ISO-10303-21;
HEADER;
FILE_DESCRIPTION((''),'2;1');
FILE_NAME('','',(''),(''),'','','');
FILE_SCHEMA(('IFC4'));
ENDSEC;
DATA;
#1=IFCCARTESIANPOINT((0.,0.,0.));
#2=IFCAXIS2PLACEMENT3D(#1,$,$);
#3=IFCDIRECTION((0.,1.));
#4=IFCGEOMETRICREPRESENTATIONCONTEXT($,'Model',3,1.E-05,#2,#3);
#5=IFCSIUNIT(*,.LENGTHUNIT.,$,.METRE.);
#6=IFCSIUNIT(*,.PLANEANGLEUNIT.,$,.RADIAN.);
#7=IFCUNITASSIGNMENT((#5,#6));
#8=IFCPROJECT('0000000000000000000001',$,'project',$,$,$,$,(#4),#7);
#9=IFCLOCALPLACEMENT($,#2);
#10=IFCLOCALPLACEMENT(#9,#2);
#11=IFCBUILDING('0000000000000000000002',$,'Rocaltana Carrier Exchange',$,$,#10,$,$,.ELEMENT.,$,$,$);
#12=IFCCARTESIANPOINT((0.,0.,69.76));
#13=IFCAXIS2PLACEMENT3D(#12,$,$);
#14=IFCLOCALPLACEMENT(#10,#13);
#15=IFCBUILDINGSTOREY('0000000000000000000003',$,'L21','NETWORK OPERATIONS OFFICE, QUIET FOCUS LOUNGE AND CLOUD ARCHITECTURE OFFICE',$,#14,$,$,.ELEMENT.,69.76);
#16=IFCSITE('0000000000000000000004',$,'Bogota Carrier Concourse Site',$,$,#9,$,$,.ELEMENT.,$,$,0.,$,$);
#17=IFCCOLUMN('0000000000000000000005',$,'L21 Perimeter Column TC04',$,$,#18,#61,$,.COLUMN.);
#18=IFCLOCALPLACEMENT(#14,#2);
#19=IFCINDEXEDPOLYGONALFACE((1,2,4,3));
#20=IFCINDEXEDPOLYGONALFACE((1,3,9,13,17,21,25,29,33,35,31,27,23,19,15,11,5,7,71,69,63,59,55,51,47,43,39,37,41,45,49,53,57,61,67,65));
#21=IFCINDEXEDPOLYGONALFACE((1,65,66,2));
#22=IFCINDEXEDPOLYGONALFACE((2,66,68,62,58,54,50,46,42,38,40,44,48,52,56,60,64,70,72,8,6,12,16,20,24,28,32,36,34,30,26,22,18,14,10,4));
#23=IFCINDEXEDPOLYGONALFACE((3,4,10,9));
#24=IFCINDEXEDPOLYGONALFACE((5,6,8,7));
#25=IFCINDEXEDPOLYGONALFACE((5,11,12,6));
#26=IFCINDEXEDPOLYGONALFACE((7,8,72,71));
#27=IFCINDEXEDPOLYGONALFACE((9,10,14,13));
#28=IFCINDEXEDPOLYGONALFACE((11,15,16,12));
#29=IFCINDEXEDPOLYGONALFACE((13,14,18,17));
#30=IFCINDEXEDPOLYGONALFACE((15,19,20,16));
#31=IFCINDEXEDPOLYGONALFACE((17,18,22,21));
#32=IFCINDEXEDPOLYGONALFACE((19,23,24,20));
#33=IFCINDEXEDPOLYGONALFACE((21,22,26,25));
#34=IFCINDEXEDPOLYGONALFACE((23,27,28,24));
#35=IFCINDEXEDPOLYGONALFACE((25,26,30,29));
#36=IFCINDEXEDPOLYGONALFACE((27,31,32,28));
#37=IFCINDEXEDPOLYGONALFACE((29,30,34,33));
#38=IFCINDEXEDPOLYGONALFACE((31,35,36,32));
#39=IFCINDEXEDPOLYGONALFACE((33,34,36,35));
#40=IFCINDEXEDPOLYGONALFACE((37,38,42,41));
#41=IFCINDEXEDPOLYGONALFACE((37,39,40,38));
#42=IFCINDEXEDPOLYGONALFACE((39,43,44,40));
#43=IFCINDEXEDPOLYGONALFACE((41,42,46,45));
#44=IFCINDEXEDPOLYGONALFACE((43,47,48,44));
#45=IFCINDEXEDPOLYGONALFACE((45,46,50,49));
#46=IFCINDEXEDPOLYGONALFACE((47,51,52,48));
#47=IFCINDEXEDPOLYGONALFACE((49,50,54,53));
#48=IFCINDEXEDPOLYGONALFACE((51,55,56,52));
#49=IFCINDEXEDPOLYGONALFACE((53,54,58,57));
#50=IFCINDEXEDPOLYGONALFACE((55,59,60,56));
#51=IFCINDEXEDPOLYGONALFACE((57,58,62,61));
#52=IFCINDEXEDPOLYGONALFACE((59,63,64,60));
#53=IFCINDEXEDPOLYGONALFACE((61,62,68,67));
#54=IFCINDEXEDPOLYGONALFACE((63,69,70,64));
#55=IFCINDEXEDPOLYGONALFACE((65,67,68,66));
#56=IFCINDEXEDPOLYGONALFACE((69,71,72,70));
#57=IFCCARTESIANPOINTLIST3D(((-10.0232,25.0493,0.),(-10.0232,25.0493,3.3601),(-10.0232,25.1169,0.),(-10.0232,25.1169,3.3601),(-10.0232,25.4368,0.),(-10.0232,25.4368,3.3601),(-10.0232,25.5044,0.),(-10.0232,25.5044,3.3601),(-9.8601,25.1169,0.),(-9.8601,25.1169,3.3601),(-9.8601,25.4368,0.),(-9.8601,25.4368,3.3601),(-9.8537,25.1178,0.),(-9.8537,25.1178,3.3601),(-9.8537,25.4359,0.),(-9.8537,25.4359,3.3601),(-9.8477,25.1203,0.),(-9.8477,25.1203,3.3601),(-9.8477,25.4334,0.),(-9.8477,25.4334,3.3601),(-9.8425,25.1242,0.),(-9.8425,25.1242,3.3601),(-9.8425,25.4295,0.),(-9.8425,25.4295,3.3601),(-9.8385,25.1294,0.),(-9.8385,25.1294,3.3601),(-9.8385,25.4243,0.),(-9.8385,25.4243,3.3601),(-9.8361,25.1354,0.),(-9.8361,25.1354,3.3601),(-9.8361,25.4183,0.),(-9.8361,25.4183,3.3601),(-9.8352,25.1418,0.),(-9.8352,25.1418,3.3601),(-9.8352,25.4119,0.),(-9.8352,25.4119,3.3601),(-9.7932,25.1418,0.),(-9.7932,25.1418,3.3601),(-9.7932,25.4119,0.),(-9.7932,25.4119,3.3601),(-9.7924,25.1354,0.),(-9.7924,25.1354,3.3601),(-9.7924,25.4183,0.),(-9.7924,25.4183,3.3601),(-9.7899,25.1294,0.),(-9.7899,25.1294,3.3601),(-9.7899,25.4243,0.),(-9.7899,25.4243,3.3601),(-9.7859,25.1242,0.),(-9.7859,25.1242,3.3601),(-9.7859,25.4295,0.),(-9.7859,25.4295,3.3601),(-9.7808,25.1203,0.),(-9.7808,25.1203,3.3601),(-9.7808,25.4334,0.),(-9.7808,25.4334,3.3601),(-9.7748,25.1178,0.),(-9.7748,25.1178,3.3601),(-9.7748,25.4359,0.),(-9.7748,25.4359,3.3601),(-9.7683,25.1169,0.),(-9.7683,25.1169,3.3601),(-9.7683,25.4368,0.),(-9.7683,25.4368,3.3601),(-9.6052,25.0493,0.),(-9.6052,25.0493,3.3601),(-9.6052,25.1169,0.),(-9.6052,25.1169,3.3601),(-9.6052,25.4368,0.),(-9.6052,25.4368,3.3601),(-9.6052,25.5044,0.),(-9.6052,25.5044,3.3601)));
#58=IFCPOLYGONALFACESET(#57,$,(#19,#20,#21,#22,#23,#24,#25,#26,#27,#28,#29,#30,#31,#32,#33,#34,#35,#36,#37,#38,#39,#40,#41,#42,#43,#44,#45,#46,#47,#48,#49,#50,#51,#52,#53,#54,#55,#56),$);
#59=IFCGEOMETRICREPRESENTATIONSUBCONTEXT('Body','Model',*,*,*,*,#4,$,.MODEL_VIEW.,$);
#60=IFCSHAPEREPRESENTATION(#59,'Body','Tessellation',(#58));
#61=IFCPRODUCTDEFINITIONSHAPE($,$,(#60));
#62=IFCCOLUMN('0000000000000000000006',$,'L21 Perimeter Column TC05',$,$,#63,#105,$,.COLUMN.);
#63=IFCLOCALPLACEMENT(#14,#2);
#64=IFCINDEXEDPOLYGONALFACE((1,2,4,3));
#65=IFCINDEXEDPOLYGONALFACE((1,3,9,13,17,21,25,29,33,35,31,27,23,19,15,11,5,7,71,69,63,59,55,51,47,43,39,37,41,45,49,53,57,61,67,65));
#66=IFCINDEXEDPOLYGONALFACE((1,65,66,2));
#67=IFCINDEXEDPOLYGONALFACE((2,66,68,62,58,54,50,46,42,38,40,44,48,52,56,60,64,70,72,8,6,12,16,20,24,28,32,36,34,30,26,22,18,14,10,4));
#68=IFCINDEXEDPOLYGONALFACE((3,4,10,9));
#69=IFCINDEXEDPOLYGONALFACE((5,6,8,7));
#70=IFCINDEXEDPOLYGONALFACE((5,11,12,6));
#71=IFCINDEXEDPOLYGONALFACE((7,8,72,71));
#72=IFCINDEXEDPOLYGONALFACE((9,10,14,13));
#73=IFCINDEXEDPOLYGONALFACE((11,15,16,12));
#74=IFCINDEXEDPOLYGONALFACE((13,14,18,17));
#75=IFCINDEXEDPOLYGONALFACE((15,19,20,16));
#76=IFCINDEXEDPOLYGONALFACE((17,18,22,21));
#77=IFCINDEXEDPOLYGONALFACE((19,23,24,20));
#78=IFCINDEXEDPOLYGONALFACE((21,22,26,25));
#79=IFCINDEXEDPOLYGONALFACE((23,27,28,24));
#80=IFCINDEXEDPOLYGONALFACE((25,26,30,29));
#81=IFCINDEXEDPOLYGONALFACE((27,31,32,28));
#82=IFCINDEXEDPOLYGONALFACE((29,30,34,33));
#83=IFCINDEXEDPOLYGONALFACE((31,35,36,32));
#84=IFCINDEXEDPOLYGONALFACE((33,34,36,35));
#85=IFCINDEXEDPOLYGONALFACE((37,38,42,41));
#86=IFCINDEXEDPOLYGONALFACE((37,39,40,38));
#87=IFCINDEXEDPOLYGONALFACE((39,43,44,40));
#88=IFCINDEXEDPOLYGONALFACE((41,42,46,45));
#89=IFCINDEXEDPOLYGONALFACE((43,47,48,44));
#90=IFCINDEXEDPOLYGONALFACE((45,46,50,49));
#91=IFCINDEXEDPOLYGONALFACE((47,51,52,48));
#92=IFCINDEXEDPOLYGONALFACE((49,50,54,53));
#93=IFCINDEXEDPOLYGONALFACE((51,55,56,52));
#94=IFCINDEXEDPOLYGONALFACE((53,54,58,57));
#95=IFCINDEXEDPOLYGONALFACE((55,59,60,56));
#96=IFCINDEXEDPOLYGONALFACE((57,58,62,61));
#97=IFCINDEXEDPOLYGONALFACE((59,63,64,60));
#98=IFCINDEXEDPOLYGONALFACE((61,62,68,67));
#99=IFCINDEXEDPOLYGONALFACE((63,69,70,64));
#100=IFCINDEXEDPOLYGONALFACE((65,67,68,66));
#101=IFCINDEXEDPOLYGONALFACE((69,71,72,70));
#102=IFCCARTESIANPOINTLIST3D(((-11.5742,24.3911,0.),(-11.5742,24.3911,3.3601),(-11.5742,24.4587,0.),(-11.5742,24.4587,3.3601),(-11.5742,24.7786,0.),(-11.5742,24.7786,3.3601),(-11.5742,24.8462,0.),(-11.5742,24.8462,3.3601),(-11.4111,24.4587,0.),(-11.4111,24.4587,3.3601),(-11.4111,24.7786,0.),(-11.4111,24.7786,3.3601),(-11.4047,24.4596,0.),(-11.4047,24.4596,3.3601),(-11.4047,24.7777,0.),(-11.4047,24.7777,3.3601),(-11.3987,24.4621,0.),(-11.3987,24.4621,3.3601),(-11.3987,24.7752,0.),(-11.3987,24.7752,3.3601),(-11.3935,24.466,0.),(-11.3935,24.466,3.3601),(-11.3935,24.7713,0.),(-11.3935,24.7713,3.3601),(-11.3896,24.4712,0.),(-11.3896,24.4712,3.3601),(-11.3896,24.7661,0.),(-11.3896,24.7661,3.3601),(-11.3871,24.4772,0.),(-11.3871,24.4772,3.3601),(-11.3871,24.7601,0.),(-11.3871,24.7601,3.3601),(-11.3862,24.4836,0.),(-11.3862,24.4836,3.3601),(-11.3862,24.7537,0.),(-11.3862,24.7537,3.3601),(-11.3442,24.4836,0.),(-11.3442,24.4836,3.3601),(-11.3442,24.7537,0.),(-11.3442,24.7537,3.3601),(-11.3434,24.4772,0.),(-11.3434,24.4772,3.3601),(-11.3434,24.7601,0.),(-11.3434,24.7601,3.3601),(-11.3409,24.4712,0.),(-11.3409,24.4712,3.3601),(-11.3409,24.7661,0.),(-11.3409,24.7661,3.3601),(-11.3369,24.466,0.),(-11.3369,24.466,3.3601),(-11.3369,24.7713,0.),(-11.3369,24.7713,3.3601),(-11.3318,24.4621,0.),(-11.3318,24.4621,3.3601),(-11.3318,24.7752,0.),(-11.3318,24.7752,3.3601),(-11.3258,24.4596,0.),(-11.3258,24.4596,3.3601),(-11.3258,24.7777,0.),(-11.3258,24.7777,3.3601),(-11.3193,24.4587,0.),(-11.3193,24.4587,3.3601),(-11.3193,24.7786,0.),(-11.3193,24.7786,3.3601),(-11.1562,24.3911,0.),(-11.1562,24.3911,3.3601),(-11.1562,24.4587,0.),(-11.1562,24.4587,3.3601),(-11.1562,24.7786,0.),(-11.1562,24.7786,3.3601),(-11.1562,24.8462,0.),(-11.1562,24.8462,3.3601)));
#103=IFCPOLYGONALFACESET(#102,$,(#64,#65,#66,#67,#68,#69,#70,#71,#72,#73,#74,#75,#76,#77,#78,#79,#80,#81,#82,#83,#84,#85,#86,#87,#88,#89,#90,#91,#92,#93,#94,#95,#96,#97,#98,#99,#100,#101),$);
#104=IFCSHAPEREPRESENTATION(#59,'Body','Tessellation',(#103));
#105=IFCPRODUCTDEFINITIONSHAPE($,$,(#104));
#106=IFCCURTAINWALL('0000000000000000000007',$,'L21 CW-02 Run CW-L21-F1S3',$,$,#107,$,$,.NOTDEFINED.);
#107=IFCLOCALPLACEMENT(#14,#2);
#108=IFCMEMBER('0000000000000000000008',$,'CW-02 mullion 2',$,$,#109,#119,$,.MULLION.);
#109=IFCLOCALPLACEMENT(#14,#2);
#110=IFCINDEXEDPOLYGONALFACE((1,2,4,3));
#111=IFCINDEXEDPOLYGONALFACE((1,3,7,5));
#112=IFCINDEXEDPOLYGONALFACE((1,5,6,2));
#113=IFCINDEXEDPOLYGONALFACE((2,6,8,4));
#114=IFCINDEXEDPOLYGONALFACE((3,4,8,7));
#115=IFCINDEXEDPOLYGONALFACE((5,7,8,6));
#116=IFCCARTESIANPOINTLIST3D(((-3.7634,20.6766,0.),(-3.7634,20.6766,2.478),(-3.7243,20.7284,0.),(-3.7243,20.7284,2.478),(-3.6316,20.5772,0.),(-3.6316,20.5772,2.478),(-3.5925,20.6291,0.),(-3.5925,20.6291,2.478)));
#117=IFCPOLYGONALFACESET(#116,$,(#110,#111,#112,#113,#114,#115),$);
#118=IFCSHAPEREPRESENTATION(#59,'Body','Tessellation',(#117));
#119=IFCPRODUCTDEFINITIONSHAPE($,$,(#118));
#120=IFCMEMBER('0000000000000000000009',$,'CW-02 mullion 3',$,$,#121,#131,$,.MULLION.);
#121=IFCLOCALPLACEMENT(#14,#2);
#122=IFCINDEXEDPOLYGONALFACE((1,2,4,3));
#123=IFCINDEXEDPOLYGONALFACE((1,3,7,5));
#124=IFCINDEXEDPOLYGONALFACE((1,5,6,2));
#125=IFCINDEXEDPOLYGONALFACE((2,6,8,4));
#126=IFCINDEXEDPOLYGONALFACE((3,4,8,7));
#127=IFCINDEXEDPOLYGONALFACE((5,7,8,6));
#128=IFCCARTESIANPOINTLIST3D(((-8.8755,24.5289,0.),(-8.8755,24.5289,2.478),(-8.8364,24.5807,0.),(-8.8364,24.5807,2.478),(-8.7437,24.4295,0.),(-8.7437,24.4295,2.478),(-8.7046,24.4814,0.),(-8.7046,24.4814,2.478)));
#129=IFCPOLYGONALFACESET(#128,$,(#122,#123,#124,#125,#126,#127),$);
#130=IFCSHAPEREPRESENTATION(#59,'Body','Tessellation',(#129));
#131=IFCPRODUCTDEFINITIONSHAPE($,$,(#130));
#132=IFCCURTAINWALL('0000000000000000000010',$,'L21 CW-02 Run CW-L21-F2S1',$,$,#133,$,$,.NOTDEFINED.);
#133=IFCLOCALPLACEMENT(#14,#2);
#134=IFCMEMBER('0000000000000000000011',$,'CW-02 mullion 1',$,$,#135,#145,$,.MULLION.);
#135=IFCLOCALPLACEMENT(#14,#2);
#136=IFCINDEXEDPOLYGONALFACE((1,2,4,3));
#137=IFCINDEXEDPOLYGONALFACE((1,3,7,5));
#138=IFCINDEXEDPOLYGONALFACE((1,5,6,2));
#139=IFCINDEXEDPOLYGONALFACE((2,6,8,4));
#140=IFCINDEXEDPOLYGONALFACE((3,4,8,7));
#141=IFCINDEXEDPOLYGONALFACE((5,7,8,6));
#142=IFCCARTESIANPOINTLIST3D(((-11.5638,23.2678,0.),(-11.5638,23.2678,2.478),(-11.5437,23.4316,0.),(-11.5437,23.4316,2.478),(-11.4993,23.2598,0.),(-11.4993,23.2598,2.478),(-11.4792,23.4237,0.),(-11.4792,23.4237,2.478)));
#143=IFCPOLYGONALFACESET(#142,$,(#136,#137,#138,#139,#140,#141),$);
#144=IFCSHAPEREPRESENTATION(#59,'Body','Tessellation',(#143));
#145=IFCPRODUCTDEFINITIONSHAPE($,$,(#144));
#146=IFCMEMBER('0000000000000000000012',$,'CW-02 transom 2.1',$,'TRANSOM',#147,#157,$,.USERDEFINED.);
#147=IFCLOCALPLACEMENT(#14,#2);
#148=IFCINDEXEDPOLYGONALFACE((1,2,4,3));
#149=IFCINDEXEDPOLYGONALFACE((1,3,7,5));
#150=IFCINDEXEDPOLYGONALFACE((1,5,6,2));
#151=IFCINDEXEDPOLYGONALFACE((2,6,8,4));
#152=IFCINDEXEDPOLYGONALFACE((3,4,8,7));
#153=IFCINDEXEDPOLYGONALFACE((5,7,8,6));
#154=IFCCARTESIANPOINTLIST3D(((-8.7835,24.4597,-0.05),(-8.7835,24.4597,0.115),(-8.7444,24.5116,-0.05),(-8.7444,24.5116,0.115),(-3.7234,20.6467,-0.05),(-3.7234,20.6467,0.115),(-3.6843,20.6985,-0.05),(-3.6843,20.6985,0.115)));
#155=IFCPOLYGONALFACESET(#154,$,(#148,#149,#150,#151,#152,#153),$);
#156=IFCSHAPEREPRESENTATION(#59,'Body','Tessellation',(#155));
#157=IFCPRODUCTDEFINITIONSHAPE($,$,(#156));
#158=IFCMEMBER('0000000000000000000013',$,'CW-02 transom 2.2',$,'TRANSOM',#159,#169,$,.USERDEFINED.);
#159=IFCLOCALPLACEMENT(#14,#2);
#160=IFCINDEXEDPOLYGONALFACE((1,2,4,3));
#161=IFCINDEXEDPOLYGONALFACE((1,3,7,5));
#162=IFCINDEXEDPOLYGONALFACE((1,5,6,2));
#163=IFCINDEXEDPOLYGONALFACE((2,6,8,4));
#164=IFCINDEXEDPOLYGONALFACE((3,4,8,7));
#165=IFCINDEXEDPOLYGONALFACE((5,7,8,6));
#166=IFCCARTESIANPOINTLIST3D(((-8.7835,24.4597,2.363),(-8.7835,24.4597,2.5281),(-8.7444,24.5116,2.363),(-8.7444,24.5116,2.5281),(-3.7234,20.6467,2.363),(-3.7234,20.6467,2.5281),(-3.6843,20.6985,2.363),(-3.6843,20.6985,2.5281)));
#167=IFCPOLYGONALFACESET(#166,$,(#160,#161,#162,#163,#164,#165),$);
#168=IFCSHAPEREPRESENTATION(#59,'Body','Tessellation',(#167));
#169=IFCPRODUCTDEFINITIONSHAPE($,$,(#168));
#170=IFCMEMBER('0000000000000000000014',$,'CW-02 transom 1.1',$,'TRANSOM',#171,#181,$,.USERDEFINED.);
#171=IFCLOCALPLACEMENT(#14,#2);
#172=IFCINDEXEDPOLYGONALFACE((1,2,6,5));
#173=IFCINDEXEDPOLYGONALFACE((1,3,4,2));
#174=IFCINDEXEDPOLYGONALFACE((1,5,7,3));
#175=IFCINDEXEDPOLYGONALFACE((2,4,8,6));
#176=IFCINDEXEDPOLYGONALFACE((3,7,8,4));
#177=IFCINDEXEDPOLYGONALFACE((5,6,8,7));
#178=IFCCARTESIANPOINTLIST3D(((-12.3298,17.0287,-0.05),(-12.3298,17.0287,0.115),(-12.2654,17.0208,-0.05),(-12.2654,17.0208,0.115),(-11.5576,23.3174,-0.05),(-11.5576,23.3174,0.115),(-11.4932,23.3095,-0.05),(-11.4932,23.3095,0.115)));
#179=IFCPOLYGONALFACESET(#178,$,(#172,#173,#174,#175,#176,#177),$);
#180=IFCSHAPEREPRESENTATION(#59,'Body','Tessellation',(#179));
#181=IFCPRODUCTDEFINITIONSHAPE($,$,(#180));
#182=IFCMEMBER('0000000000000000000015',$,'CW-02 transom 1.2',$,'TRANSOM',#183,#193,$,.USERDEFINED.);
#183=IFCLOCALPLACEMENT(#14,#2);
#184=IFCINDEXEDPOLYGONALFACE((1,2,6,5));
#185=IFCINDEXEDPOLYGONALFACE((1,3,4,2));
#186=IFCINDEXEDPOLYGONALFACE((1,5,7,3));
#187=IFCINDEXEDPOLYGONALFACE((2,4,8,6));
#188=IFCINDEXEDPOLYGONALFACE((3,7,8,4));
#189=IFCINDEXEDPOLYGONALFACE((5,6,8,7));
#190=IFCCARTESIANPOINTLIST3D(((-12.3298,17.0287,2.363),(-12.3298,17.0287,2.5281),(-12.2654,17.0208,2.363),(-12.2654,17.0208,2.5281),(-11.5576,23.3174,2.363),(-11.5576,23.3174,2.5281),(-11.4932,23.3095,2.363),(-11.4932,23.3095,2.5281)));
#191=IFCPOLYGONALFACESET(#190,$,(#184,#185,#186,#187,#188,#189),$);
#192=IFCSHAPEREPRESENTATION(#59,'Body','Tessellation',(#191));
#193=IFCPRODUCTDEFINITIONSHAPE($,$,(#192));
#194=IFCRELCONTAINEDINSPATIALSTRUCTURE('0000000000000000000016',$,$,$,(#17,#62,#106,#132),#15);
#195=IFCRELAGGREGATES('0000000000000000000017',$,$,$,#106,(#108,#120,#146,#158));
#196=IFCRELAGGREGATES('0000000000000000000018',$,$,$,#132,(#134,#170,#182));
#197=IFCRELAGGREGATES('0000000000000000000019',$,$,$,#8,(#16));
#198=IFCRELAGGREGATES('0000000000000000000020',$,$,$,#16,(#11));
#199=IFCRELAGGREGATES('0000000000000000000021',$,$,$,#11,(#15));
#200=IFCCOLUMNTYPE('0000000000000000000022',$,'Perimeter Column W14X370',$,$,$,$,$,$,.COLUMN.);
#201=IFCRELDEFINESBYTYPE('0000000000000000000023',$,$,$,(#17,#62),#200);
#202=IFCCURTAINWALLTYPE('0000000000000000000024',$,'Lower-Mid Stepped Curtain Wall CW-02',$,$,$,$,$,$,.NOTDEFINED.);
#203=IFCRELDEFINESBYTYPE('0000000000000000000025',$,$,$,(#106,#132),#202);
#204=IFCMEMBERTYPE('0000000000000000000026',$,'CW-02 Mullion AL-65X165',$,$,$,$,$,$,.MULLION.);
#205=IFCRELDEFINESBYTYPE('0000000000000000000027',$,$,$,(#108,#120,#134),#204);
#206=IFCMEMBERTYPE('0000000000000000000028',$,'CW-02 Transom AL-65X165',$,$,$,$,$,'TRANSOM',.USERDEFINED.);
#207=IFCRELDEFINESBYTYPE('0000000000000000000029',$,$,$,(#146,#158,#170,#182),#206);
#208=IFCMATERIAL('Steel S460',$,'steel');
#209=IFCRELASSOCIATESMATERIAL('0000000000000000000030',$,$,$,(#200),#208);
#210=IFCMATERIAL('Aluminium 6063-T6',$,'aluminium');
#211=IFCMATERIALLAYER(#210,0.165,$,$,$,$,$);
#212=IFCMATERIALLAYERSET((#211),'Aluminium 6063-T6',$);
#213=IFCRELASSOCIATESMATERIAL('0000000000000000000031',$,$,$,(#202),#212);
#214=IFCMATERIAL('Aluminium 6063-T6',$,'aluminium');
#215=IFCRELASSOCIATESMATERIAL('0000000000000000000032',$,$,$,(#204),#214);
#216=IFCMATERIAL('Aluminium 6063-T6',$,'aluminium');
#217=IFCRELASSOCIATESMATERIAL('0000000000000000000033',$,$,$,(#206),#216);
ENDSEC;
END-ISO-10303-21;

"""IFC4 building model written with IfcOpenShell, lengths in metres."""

from ifc_helpers import new_model, si_unit, direction, frame, origin, origin_2d, place, context, subcontext, project, spatial, rectangle, i_section, extrude, material, layer, layer_set, material_profile, profile_set, type_object, element, aggregate, save


model = new_model("IFC4")

# Units and contexts
model_context = context("Model", 3, precision=1e-05, world=origin(), true_north=direction((0.0, 1.0)))
body_context = subcontext(model_context, "Body", "Model", "MODEL_VIEW")
ifc_project = project(units=[si_unit("LENGTHUNIT", "METRE"), si_unit("PLANEANGLEUNIT", "RADIAN")], contexts=[model_context])

# Site, building, storey
site_placement = place(None, origin())
site = spatial("IfcSite", under=ifc_project, at=site_placement, Name="Bogota Carrier Concourse Site", CompositionType="ELEMENT", RefElevation=0.0)
building_placement = place(site_placement, origin())
building = spatial("IfcBuilding", under=site, at=building_placement, Name="Rocaltana Carrier Exchange", CompositionType="ELEMENT")
storey_placement = place(building_placement, frame((0.0, 0.0, 69.76)))
storey = spatial("IfcBuildingStorey", under=building, at=storey_placement, Name="L21", Description="NETWORK OPERATIONS OFFICE, QUIET FOCUS LOUNGE AND CLOUD ARCHITECTURE OFFICE", CompositionType="ELEMENT", Elevation=69.76)

# Columns
ifc_material_1 = material(Name="Steel S460", Category="steel")
ifc_material_profile_1 = material_profile(ifc_material_1, i_section(OverallWidth=0.418, OverallDepth=0.4551, WebThickness=0.042, FlangeThickness=0.0676, FilletRadius=0.0249, at=origin_2d()), Name="W14X370")
ifc_profile_set_1 = profile_set([ifc_material_profile_1], Name="Steel S460")
column_type = type_object("IfcColumnType", Name="Perimeter Column W14X370", PredefinedType="COLUMN", material=ifc_profile_set_1)
for number, where, z_axis, x_axis, name in (
    (1, (-9.8142, 25.2769, 0.0), (0.0, 0.0, 1.0), (1.0, 0.0, 0.0), "L21 Perimeter Column TC04"),
    (2, (-11.3652, 24.6187, 0.0), (0.0, 0.0, 1.0), (1.0, 0.0, 0.0), "L21 Perimeter Column TC05"),
):
    element("IfcColumn", number, at=place(storey_placement, frame(where, z_axis=z_axis, x_axis=x_axis)), inside=storey, type_object=column_type, Name=name, PredefinedType="COLUMN", context=body_context, shape_type="SweptSolid", body=[
        extrude(i_section(OverallWidth=0.418, OverallDepth=0.4551, WebThickness=0.042, FlangeThickness=0.0676, FilletRadius=0.0249, at=origin_2d()), origin(), (0.0, 0.0, 1.0), 3.3601),
    ])

# Curtain wall, members
ifc_material_2 = material(Name="Aluminium 6063-T6", Category="aluminium")
ifc_layer_1 = layer(ifc_material_2, 0.165)
ifc_layer_set_1 = layer_set([ifc_layer_1], Name="Aluminium 6063-T6")
curtain_wall_type = type_object("IfcCurtainWallType", Name="Lower-Mid Stepped Curtain Wall CW-02", PredefinedType="NOTDEFINED", material=ifc_layer_set_1)
curtain_wall_1_placement = place(storey_placement, origin())
curtain_wall_1 = element("IfcCurtainWall", 3, at=curtain_wall_1_placement, inside=storey, type_object=curtain_wall_type, Name="L21 CW-02 Run CW-L21-F1S3", PredefinedType="NOTDEFINED")
ifc_material_3 = material(Name="Aluminium 6063-T6", Category="aluminium")
ifc_material_profile_2 = material_profile(ifc_material_3, rectangle(XDim=0.0649, YDim=0.165, at=origin_2d()), Name="AL-65X165")
ifc_profile_set_2 = profile_set([ifc_material_profile_2], Name="Aluminium 6063-T6")
member_type_1 = type_object("IfcMemberType", Name="CW-02 Mullion AL-65X165", PredefinedType="MULLION", material=ifc_profile_set_2)
member_1_placement = place(storey_placement, frame((-3.678, 20.6528, 0.0), z_axis=(0.0, 0.0, 1.0), x_axis=(-0.601812, -0.798638, 0.0)))
member_1 = element("IfcMember", 4, at=member_1_placement, type_object=member_type_1, Name="CW-02 mullion 2", PredefinedType="MULLION", context=body_context, shape_type="SweptSolid", body=[
    extrude(rectangle(XDim=0.0649, YDim=0.165, at=origin_2d()), origin(), (0.0, 0.0, 1.0), 2.478),
])
member_2_placement = place(storey_placement, frame((-8.79, 24.5051, 0.0), z_axis=(0.0, 0.0, 1.0), x_axis=(-0.601812, -0.798638, 0.0)))
member_2 = element("IfcMember", 5, at=member_2_placement, type_object=member_type_1, Name="CW-02 mullion 3", PredefinedType="MULLION", context=body_context, shape_type="SweptSolid", body=[
    extrude(rectangle(XDim=0.0649, YDim=0.165, at=origin_2d()), origin(), (0.0, 0.0, 1.0), 2.478),
])

# Curtain wall, member
curtain_wall_2_placement = place(storey_placement, origin())
curtain_wall_2 = element("IfcCurtainWall", 6, at=curtain_wall_2_placement, inside=storey, type_object=curtain_wall_type, Name="L21 CW-02 Run CW-L21-F2S1", PredefinedType="NOTDEFINED")
member_3_placement = place(storey_placement, frame((-11.5215, 23.3457, 0.0), z_axis=(0.0, 0.0, 1.0), x_axis=(0.992546, -0.121873, 0.0)))
member_3 = element("IfcMember", 7, at=member_3_placement, type_object=member_type_1, Name="CW-02 mullion 1", PredefinedType="MULLION", context=body_context, shape_type="SweptSolid", body=[
    extrude(rectangle(XDim=0.0649, YDim=0.165, at=origin_2d()), origin(), (0.0, 0.0, 1.0), 2.478),
])

# Members
ifc_material_4 = material(Name="Aluminium 6063-T6", Category="aluminium")
ifc_material_profile_3 = material_profile(ifc_material_4, rectangle(XDim=0.0649, YDim=0.165, at=origin_2d()), Name="AL-65X165")
ifc_profile_set_3 = profile_set([ifc_material_profile_3], Name="Aluminium 6063-T6")
member_type_2 = type_object("IfcMemberType", Name="CW-02 Transom AL-65X165", ElementType="TRANSOM", PredefinedType="USERDEFINED", material=ifc_profile_set_3)
member_4_placement = place(storey_placement, frame((-3.7039, 20.6726, 0.0325), z_axis=(-0.798638, 0.601811, 0.0), x_axis=(-0.601811, -0.798638, 0.0)))
member_4 = element("IfcMember", 8, at=member_4_placement, type_object=member_type_2, Name="CW-02 transom 2.1", ObjectType="TRANSOM", PredefinedType="USERDEFINED", context=body_context, shape_type="SweptSolid", body=[
    extrude(rectangle(XDim=0.0649, YDim=0.165, at=origin_2d()), origin(), (0.0, 0.0, 1.0), 6.3359),
])
member_5_placement = place(storey_placement, frame((-3.7039, 20.6726, 2.4456), z_axis=(-0.798638, 0.601811, 0.0), x_axis=(-0.601811, -0.798638, 0.0)))
member_5 = element("IfcMember", 9, at=member_5_placement, type_object=member_type_2, Name="CW-02 transom 2.2", ObjectType="TRANSOM", PredefinedType="USERDEFINED", context=body_context, shape_type="SweptSolid", body=[
    extrude(rectangle(XDim=0.0649, YDim=0.165, at=origin_2d()), origin(), (0.0, 0.0, 1.0), 6.3359),
])
member_6_placement = place(storey_placement, frame((-11.5254, 23.3135, 0.0325), z_axis=(-0.121877, -0.992545, 0.0), x_axis=(0.992545, -0.121877, 0.0)))
member_6 = element("IfcMember", 10, at=member_6_placement, type_object=member_type_2, Name="CW-02 transom 1.1", ObjectType="TRANSOM", PredefinedType="USERDEFINED", context=body_context, shape_type="SweptSolid", body=[
    extrude(rectangle(XDim=0.0649, YDim=0.165, at=origin_2d()), origin(), (0.0, 0.0, 1.0), 6.3359),
])
member_7_placement = place(storey_placement, frame((-11.5254, 23.3135, 2.4456), z_axis=(-0.121877, -0.992545, 0.0), x_axis=(0.992545, -0.121877, 0.0)))
member_7 = element("IfcMember", 11, at=member_7_placement, type_object=member_type_2, Name="CW-02 transom 1.2", ObjectType="TRANSOM", PredefinedType="USERDEFINED", context=body_context, shape_type="SweptSolid", body=[
    extrude(rectangle(XDim=0.0649, YDim=0.165, at=origin_2d()), origin(), (0.0, 0.0, 1.0), 6.3359),
])

aggregate(curtain_wall_1, [member_1, member_2, member_4, member_5])
aggregate(curtain_wall_2, [member_3, member_6, member_7])

save(model, "model.ifc")
